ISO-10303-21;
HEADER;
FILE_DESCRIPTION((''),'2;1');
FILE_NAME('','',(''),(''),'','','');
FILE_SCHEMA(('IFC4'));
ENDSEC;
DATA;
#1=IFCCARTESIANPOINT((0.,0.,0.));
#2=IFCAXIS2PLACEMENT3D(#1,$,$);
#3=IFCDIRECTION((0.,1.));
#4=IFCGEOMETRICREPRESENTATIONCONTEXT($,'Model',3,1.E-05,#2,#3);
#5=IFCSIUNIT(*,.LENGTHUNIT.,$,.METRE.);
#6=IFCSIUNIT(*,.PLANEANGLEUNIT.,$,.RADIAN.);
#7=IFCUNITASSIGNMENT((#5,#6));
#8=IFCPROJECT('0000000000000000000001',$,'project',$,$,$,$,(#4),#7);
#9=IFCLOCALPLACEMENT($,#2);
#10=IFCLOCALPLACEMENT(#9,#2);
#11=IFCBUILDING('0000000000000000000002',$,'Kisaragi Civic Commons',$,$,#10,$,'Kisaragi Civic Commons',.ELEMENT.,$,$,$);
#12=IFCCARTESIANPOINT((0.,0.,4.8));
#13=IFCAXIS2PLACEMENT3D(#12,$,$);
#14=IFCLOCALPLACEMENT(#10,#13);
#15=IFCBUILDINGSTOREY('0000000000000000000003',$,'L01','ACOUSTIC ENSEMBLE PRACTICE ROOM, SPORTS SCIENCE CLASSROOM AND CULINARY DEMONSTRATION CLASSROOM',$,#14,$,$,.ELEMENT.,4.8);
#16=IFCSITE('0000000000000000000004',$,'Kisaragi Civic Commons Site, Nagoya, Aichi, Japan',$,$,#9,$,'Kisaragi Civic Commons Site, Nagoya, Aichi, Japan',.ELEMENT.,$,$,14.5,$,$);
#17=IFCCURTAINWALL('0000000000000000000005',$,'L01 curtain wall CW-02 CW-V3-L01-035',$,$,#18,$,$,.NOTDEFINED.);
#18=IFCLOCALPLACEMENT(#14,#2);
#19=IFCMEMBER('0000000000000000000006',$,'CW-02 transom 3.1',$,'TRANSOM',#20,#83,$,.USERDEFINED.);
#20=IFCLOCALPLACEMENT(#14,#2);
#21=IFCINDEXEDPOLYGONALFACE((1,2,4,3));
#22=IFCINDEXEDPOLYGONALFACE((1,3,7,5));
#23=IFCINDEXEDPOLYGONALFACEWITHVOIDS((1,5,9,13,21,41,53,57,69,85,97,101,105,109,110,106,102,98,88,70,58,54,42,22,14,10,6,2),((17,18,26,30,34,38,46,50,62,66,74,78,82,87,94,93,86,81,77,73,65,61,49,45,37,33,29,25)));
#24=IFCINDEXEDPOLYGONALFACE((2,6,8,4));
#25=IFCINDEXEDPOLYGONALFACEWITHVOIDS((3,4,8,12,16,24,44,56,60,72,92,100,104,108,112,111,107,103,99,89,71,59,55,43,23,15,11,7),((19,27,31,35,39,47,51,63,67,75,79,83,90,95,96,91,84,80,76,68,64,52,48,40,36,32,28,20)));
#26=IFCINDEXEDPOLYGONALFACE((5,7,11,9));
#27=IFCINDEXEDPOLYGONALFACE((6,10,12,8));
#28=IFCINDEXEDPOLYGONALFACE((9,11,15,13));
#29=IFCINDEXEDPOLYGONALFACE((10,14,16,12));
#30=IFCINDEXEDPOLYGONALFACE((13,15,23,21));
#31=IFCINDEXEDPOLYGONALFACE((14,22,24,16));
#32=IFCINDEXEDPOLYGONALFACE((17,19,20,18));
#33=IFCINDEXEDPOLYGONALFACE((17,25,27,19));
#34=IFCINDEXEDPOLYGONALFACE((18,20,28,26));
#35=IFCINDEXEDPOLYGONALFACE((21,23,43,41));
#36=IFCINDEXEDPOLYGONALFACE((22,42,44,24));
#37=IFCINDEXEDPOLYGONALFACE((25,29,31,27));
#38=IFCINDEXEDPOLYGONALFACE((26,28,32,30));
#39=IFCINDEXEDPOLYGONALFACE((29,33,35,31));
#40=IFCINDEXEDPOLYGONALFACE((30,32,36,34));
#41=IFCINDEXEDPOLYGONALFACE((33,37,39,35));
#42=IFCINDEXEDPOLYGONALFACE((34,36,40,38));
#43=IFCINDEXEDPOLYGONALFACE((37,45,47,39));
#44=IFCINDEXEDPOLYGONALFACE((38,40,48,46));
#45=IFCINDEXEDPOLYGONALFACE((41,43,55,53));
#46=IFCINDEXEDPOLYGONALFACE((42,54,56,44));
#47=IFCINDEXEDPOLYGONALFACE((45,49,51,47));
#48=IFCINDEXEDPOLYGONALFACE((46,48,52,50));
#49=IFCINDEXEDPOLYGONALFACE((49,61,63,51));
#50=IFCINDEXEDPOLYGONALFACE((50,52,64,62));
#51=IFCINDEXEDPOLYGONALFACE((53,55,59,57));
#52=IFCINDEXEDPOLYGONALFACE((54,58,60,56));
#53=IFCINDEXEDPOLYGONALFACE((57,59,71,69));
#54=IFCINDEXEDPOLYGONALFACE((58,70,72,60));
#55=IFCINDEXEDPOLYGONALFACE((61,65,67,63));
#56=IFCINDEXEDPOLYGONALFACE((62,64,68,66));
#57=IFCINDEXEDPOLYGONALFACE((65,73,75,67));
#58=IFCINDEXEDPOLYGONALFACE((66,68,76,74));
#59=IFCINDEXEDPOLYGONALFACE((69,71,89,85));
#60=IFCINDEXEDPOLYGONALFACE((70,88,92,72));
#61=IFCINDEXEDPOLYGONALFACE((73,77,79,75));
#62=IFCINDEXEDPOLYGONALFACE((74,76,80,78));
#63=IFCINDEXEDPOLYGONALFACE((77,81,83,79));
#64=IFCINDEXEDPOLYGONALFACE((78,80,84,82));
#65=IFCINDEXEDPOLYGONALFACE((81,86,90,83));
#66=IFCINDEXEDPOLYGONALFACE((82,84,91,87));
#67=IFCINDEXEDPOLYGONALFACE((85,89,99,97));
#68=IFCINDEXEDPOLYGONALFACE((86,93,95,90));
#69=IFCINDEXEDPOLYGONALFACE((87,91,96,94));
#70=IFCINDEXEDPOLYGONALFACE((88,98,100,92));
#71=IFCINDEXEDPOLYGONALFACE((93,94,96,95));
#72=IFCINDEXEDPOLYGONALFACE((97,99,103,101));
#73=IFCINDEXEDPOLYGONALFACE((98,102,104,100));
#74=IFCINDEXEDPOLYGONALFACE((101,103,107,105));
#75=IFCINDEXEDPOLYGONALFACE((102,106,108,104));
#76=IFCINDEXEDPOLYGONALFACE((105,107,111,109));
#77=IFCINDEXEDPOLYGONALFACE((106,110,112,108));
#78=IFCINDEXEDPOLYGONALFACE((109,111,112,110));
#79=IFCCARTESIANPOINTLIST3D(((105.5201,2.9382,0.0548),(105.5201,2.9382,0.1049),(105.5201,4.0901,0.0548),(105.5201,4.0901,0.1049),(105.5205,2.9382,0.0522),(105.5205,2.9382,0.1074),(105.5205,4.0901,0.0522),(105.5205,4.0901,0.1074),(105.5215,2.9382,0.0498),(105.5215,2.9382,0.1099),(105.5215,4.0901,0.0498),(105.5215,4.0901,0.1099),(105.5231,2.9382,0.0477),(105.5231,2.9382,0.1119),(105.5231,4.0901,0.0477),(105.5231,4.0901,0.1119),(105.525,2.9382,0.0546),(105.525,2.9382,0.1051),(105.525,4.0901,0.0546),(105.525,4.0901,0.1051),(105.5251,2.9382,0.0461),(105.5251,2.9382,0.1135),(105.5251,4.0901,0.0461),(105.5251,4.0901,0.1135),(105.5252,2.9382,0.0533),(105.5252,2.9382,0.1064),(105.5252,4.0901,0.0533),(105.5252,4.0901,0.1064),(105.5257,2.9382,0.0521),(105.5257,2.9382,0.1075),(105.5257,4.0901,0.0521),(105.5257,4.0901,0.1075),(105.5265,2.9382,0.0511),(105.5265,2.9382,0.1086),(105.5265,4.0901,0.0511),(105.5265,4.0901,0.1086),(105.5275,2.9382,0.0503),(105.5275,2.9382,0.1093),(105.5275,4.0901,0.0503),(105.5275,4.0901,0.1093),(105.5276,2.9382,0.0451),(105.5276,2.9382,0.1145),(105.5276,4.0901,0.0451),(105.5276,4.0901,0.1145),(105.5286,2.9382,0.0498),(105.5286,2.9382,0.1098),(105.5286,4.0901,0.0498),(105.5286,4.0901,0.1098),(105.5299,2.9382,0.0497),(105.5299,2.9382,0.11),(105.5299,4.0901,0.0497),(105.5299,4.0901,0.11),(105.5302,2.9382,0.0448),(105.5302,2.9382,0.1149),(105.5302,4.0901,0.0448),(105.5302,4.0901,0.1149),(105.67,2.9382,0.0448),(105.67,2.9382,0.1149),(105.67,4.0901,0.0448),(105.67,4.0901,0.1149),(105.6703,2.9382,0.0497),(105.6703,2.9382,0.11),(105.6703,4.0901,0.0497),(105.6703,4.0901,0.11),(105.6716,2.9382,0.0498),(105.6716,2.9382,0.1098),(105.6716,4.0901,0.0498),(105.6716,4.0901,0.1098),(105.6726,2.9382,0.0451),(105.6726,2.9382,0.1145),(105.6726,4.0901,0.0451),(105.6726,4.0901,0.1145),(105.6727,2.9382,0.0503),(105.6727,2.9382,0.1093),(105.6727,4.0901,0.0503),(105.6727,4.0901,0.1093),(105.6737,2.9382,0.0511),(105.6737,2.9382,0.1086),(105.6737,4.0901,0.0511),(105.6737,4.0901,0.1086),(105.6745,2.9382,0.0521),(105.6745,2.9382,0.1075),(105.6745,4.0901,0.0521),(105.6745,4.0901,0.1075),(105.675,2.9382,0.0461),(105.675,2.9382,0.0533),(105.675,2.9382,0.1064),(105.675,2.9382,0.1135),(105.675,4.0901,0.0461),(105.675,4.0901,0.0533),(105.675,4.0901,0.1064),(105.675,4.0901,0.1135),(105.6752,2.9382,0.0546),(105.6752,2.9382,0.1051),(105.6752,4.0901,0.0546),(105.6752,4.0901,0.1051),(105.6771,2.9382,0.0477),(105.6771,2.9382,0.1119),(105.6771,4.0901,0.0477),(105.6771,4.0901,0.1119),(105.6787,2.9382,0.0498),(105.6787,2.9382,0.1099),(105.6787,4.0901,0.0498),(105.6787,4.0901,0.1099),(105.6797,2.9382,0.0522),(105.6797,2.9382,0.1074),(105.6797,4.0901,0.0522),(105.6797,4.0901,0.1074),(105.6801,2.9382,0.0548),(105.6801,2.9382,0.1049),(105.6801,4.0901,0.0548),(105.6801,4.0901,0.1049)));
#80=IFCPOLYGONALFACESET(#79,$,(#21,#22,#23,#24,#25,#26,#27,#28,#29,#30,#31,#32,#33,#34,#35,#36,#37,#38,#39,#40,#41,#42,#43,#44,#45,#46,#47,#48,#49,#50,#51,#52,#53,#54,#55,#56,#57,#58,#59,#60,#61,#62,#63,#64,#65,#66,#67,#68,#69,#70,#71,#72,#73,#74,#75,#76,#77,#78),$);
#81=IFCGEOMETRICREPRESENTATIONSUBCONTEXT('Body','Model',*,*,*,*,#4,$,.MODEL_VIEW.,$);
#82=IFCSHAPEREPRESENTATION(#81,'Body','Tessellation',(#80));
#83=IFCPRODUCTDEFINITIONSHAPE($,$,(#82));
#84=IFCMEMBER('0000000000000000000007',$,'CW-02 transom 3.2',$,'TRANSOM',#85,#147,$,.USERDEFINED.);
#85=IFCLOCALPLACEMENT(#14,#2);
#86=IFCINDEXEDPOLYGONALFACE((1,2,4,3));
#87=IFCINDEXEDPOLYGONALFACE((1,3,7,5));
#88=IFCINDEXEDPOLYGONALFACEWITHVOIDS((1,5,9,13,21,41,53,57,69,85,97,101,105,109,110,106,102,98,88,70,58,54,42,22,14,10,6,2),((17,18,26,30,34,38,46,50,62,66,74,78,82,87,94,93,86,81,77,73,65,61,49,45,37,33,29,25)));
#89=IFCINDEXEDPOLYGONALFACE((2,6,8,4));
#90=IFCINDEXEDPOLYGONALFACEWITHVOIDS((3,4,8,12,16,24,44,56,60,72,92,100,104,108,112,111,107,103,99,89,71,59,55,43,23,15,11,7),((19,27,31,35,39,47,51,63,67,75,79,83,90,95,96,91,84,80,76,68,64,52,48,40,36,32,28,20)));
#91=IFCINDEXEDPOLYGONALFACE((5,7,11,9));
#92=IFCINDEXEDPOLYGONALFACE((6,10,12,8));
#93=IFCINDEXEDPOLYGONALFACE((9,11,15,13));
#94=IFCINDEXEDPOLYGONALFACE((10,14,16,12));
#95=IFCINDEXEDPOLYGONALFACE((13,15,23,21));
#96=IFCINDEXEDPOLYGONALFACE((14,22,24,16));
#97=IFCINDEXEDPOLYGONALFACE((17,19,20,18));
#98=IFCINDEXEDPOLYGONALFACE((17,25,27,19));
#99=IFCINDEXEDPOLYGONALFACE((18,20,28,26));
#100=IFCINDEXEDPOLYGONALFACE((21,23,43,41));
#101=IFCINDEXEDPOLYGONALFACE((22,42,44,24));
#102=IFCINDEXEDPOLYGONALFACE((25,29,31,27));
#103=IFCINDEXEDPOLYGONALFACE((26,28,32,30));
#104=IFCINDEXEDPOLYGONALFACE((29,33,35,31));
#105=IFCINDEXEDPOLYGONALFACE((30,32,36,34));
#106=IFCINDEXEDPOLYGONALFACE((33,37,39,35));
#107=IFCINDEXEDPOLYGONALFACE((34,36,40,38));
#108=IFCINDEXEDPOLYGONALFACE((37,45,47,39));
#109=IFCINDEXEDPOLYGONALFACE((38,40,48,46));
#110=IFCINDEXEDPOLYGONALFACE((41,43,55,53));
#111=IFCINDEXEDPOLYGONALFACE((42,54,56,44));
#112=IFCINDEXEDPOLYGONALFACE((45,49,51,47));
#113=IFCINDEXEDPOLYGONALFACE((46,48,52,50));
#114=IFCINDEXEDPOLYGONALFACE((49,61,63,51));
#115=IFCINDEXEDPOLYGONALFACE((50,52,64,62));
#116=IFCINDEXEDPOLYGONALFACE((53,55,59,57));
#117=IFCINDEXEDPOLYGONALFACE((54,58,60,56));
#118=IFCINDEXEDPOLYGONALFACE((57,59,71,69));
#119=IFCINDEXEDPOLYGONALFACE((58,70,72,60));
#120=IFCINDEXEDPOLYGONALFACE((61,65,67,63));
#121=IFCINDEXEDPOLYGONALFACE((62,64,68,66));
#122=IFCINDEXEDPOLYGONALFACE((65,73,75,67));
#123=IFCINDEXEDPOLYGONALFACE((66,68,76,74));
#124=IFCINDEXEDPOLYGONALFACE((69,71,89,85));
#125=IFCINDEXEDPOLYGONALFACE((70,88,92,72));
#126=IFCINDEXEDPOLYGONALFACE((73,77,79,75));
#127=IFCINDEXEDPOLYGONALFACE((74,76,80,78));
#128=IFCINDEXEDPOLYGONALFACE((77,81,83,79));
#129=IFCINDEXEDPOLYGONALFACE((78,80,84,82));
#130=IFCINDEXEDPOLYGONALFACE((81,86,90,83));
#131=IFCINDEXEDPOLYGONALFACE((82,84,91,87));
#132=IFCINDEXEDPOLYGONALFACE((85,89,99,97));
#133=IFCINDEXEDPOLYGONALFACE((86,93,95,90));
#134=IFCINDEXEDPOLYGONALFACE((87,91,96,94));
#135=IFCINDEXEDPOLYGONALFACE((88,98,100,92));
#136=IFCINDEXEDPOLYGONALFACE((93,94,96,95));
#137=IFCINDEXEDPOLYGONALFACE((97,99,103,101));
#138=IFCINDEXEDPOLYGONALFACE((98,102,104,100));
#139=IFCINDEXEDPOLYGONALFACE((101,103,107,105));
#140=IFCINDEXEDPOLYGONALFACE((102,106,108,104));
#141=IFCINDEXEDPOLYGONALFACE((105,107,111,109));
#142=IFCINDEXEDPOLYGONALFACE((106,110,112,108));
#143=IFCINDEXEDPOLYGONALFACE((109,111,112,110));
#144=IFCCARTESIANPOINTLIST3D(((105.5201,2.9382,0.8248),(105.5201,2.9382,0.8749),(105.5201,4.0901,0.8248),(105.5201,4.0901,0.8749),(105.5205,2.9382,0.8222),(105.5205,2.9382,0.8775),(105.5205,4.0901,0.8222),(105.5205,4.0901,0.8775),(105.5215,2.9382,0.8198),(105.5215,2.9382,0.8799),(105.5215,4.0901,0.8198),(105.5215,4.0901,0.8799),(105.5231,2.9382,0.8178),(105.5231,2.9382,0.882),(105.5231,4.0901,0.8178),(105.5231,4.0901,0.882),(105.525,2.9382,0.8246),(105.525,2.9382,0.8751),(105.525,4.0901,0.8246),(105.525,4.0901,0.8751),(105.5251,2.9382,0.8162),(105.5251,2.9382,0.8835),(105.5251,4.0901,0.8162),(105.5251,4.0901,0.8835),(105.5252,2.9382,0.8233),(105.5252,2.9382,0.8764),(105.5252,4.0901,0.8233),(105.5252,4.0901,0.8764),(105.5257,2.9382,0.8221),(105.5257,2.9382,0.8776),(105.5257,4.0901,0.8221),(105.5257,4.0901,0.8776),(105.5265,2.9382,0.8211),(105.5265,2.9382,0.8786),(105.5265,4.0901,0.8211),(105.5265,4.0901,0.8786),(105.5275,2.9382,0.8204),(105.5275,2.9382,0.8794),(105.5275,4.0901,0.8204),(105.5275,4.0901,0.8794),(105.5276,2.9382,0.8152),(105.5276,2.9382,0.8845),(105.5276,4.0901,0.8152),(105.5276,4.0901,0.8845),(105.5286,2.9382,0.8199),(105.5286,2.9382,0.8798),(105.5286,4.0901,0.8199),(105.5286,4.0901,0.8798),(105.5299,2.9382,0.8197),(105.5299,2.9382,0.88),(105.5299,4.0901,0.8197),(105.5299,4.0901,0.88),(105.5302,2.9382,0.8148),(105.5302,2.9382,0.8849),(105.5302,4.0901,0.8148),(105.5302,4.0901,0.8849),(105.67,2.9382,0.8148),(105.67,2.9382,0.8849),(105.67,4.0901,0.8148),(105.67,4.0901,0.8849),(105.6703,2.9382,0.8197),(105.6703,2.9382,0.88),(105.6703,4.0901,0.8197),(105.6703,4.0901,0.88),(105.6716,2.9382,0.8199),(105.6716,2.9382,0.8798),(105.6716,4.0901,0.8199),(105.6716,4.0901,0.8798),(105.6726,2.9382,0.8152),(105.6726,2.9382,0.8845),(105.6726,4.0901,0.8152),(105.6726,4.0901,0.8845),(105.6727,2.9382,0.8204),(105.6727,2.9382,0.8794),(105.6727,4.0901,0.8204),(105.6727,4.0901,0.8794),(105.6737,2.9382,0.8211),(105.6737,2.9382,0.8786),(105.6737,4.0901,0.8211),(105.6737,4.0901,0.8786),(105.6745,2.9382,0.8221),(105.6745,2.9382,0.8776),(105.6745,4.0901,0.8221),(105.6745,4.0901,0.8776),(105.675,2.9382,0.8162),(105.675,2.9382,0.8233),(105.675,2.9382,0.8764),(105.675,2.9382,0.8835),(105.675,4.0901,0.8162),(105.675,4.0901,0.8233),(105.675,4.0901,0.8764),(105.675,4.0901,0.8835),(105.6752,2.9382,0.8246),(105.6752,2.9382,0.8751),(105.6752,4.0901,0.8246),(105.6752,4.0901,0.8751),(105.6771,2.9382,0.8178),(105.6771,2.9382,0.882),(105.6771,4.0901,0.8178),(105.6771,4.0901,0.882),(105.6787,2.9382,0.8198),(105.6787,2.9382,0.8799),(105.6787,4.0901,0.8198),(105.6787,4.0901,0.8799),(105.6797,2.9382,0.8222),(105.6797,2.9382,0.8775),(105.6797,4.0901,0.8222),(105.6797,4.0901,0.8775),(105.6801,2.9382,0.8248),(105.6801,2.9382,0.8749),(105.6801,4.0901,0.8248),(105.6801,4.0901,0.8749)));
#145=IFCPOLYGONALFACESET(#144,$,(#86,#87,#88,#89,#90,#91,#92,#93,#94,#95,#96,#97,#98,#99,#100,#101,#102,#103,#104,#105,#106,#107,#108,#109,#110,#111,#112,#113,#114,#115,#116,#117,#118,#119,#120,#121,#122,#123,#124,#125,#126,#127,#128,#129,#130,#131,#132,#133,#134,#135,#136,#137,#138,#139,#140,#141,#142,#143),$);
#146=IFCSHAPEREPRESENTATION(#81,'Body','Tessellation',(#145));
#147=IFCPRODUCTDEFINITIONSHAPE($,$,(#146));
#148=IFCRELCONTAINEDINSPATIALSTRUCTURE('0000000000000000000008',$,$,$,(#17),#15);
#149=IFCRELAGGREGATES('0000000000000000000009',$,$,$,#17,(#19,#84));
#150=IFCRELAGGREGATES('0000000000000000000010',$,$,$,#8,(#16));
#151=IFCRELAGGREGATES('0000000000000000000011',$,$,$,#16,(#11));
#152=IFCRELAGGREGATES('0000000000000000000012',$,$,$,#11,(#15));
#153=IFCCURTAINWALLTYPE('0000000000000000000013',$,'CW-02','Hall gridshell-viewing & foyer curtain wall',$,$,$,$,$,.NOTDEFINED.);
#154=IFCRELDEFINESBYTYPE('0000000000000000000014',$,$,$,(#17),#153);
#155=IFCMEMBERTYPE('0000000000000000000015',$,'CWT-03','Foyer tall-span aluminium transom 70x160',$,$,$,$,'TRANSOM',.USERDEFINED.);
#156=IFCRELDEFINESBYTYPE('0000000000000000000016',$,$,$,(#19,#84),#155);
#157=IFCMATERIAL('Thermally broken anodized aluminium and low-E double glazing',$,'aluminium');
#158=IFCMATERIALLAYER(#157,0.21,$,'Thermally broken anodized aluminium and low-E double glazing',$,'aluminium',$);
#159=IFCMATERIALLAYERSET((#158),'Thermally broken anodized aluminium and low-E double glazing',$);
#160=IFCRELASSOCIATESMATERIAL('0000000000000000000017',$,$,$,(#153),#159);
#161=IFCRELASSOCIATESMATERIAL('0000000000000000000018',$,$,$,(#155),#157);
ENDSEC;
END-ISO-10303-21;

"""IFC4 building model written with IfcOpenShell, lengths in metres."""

from ifc_helpers import new_model, si_unit, direction, frame, origin, origin_2d, place, context, subcontext, project, spatial, hollow_rectangle, extrude, material, layer, layer_set, material_profile, profile_set, type_object, element, aggregate, save


model = new_model("IFC4")

# Units and contexts
model_context = context("Model", 3, precision=1e-05, world=origin(), true_north=direction((0.0, 1.0)))
body_context = subcontext(model_context, "Body", "Model", "MODEL_VIEW")
ifc_project = project(units=[si_unit("LENGTHUNIT", "METRE"), si_unit("PLANEANGLEUNIT", "RADIAN")], contexts=[model_context])

# Site, building, storey
site_placement = place(None, origin())
site = spatial("IfcSite", under=ifc_project, at=site_placement, Name="Kisaragi Civic Commons Site, Nagoya, Aichi, Japan", LongName="Kisaragi Civic Commons Site, Nagoya, Aichi, Japan", CompositionType="ELEMENT", RefElevation=14.5)
building_placement = place(site_placement, origin())
building = spatial("IfcBuilding", under=site, at=building_placement, Name="Kisaragi Civic Commons", LongName="Kisaragi Civic Commons", CompositionType="ELEMENT")
storey_placement = place(building_placement, frame((0.0, 0.0, 4.8)))
storey = spatial("IfcBuildingStorey", under=building, at=storey_placement, Name="L01", Description="ACOUSTIC ENSEMBLE PRACTICE ROOM, SPORTS SCIENCE CLASSROOM AND CULINARY DEMONSTRATION CLASSROOM", CompositionType="ELEMENT", Elevation=4.8)

# Curtain wall
ifc_material = material(Name="Thermally broken anodized aluminium and low-E double glazing", Category="aluminium")
ifc_layer_1 = layer(ifc_material, 0.21, Name="Thermally broken anodized aluminium and low-E double glazing", Category="aluminium")
ifc_layer_set_1 = layer_set([ifc_layer_1], Name="Thermally broken anodized aluminium and low-E double glazing")
curtain_wall_type = type_object("IfcCurtainWallType", Name="CW-02", Description="Hall gridshell-viewing & foyer curtain wall", PredefinedType="NOTDEFINED", material=ifc_layer_set_1)
curtain_wall_1_placement = place(storey_placement, origin())
curtain_wall_1 = element("IfcCurtainWall", 1, at=curtain_wall_1_placement, inside=storey, type_object=curtain_wall_type, Name="L01 curtain wall CW-02 CW-V3-L01-035", PredefinedType="NOTDEFINED")

# Members
ifc_material_profile_1 = material_profile(ifc_material, hollow_rectangle(XDim=0.1599, YDim=0.0701, WallThickness=0.0049, InnerFilletRadius=0.0049, OuterFilletRadius=0.01, at=origin_2d()), Name="CWT-70x160x5", Category="aluminium")
ifc_profile_set_1 = profile_set([ifc_material_profile_1], Name="Thermally broken anodized aluminium and low-E double glazing")
member_type_1 = type_object("IfcMemberType", Name="CWT-03", Description="Foyer tall-span aluminium transom 70x160", ElementType="TRANSOM", PredefinedType="USERDEFINED", material=ifc_profile_set_1)
member_1_placement = place(storey_placement, frame((105.6001, 2.9382, 0.0798), z_axis=(0.0, 1.0, 0.0), x_axis=(-1.0, 0.0, 0.0)))
member_1 = element("IfcMember", 2, at=member_1_placement, type_object=member_type_1, Name="CW-02 transom 3.1", ObjectType="TRANSOM", PredefinedType="USERDEFINED", context=body_context, shape_type="SweptSolid", body=[
    extrude(hollow_rectangle(XDim=0.1599, YDim=0.0701, WallThickness=0.0049, InnerFilletRadius=0.0049, OuterFilletRadius=0.01, at=origin_2d()), origin(), (0.0, 0.0, 1.0), 1.1519),
])
member_2_placement = place(storey_placement, frame((105.6001, 2.9382, 0.8499), z_axis=(0.0, 1.0, 0.0), x_axis=(-1.0, 0.0, 0.0)))
member_2 = element("IfcMember", 3, at=member_2_placement, type_object=member_type_1, Name="CW-02 transom 3.2", ObjectType="TRANSOM", PredefinedType="USERDEFINED", context=body_context, shape_type="SweptSolid", body=[
    extrude(hollow_rectangle(XDim=0.1599, YDim=0.0701, WallThickness=0.0049, InnerFilletRadius=0.0049, OuterFilletRadius=0.01, at=origin_2d()), origin(), (0.0, 0.0, 1.0), 1.1519),
])

aggregate(curtain_wall_1, [member_1, member_2])

save(model, "model.ifc")
